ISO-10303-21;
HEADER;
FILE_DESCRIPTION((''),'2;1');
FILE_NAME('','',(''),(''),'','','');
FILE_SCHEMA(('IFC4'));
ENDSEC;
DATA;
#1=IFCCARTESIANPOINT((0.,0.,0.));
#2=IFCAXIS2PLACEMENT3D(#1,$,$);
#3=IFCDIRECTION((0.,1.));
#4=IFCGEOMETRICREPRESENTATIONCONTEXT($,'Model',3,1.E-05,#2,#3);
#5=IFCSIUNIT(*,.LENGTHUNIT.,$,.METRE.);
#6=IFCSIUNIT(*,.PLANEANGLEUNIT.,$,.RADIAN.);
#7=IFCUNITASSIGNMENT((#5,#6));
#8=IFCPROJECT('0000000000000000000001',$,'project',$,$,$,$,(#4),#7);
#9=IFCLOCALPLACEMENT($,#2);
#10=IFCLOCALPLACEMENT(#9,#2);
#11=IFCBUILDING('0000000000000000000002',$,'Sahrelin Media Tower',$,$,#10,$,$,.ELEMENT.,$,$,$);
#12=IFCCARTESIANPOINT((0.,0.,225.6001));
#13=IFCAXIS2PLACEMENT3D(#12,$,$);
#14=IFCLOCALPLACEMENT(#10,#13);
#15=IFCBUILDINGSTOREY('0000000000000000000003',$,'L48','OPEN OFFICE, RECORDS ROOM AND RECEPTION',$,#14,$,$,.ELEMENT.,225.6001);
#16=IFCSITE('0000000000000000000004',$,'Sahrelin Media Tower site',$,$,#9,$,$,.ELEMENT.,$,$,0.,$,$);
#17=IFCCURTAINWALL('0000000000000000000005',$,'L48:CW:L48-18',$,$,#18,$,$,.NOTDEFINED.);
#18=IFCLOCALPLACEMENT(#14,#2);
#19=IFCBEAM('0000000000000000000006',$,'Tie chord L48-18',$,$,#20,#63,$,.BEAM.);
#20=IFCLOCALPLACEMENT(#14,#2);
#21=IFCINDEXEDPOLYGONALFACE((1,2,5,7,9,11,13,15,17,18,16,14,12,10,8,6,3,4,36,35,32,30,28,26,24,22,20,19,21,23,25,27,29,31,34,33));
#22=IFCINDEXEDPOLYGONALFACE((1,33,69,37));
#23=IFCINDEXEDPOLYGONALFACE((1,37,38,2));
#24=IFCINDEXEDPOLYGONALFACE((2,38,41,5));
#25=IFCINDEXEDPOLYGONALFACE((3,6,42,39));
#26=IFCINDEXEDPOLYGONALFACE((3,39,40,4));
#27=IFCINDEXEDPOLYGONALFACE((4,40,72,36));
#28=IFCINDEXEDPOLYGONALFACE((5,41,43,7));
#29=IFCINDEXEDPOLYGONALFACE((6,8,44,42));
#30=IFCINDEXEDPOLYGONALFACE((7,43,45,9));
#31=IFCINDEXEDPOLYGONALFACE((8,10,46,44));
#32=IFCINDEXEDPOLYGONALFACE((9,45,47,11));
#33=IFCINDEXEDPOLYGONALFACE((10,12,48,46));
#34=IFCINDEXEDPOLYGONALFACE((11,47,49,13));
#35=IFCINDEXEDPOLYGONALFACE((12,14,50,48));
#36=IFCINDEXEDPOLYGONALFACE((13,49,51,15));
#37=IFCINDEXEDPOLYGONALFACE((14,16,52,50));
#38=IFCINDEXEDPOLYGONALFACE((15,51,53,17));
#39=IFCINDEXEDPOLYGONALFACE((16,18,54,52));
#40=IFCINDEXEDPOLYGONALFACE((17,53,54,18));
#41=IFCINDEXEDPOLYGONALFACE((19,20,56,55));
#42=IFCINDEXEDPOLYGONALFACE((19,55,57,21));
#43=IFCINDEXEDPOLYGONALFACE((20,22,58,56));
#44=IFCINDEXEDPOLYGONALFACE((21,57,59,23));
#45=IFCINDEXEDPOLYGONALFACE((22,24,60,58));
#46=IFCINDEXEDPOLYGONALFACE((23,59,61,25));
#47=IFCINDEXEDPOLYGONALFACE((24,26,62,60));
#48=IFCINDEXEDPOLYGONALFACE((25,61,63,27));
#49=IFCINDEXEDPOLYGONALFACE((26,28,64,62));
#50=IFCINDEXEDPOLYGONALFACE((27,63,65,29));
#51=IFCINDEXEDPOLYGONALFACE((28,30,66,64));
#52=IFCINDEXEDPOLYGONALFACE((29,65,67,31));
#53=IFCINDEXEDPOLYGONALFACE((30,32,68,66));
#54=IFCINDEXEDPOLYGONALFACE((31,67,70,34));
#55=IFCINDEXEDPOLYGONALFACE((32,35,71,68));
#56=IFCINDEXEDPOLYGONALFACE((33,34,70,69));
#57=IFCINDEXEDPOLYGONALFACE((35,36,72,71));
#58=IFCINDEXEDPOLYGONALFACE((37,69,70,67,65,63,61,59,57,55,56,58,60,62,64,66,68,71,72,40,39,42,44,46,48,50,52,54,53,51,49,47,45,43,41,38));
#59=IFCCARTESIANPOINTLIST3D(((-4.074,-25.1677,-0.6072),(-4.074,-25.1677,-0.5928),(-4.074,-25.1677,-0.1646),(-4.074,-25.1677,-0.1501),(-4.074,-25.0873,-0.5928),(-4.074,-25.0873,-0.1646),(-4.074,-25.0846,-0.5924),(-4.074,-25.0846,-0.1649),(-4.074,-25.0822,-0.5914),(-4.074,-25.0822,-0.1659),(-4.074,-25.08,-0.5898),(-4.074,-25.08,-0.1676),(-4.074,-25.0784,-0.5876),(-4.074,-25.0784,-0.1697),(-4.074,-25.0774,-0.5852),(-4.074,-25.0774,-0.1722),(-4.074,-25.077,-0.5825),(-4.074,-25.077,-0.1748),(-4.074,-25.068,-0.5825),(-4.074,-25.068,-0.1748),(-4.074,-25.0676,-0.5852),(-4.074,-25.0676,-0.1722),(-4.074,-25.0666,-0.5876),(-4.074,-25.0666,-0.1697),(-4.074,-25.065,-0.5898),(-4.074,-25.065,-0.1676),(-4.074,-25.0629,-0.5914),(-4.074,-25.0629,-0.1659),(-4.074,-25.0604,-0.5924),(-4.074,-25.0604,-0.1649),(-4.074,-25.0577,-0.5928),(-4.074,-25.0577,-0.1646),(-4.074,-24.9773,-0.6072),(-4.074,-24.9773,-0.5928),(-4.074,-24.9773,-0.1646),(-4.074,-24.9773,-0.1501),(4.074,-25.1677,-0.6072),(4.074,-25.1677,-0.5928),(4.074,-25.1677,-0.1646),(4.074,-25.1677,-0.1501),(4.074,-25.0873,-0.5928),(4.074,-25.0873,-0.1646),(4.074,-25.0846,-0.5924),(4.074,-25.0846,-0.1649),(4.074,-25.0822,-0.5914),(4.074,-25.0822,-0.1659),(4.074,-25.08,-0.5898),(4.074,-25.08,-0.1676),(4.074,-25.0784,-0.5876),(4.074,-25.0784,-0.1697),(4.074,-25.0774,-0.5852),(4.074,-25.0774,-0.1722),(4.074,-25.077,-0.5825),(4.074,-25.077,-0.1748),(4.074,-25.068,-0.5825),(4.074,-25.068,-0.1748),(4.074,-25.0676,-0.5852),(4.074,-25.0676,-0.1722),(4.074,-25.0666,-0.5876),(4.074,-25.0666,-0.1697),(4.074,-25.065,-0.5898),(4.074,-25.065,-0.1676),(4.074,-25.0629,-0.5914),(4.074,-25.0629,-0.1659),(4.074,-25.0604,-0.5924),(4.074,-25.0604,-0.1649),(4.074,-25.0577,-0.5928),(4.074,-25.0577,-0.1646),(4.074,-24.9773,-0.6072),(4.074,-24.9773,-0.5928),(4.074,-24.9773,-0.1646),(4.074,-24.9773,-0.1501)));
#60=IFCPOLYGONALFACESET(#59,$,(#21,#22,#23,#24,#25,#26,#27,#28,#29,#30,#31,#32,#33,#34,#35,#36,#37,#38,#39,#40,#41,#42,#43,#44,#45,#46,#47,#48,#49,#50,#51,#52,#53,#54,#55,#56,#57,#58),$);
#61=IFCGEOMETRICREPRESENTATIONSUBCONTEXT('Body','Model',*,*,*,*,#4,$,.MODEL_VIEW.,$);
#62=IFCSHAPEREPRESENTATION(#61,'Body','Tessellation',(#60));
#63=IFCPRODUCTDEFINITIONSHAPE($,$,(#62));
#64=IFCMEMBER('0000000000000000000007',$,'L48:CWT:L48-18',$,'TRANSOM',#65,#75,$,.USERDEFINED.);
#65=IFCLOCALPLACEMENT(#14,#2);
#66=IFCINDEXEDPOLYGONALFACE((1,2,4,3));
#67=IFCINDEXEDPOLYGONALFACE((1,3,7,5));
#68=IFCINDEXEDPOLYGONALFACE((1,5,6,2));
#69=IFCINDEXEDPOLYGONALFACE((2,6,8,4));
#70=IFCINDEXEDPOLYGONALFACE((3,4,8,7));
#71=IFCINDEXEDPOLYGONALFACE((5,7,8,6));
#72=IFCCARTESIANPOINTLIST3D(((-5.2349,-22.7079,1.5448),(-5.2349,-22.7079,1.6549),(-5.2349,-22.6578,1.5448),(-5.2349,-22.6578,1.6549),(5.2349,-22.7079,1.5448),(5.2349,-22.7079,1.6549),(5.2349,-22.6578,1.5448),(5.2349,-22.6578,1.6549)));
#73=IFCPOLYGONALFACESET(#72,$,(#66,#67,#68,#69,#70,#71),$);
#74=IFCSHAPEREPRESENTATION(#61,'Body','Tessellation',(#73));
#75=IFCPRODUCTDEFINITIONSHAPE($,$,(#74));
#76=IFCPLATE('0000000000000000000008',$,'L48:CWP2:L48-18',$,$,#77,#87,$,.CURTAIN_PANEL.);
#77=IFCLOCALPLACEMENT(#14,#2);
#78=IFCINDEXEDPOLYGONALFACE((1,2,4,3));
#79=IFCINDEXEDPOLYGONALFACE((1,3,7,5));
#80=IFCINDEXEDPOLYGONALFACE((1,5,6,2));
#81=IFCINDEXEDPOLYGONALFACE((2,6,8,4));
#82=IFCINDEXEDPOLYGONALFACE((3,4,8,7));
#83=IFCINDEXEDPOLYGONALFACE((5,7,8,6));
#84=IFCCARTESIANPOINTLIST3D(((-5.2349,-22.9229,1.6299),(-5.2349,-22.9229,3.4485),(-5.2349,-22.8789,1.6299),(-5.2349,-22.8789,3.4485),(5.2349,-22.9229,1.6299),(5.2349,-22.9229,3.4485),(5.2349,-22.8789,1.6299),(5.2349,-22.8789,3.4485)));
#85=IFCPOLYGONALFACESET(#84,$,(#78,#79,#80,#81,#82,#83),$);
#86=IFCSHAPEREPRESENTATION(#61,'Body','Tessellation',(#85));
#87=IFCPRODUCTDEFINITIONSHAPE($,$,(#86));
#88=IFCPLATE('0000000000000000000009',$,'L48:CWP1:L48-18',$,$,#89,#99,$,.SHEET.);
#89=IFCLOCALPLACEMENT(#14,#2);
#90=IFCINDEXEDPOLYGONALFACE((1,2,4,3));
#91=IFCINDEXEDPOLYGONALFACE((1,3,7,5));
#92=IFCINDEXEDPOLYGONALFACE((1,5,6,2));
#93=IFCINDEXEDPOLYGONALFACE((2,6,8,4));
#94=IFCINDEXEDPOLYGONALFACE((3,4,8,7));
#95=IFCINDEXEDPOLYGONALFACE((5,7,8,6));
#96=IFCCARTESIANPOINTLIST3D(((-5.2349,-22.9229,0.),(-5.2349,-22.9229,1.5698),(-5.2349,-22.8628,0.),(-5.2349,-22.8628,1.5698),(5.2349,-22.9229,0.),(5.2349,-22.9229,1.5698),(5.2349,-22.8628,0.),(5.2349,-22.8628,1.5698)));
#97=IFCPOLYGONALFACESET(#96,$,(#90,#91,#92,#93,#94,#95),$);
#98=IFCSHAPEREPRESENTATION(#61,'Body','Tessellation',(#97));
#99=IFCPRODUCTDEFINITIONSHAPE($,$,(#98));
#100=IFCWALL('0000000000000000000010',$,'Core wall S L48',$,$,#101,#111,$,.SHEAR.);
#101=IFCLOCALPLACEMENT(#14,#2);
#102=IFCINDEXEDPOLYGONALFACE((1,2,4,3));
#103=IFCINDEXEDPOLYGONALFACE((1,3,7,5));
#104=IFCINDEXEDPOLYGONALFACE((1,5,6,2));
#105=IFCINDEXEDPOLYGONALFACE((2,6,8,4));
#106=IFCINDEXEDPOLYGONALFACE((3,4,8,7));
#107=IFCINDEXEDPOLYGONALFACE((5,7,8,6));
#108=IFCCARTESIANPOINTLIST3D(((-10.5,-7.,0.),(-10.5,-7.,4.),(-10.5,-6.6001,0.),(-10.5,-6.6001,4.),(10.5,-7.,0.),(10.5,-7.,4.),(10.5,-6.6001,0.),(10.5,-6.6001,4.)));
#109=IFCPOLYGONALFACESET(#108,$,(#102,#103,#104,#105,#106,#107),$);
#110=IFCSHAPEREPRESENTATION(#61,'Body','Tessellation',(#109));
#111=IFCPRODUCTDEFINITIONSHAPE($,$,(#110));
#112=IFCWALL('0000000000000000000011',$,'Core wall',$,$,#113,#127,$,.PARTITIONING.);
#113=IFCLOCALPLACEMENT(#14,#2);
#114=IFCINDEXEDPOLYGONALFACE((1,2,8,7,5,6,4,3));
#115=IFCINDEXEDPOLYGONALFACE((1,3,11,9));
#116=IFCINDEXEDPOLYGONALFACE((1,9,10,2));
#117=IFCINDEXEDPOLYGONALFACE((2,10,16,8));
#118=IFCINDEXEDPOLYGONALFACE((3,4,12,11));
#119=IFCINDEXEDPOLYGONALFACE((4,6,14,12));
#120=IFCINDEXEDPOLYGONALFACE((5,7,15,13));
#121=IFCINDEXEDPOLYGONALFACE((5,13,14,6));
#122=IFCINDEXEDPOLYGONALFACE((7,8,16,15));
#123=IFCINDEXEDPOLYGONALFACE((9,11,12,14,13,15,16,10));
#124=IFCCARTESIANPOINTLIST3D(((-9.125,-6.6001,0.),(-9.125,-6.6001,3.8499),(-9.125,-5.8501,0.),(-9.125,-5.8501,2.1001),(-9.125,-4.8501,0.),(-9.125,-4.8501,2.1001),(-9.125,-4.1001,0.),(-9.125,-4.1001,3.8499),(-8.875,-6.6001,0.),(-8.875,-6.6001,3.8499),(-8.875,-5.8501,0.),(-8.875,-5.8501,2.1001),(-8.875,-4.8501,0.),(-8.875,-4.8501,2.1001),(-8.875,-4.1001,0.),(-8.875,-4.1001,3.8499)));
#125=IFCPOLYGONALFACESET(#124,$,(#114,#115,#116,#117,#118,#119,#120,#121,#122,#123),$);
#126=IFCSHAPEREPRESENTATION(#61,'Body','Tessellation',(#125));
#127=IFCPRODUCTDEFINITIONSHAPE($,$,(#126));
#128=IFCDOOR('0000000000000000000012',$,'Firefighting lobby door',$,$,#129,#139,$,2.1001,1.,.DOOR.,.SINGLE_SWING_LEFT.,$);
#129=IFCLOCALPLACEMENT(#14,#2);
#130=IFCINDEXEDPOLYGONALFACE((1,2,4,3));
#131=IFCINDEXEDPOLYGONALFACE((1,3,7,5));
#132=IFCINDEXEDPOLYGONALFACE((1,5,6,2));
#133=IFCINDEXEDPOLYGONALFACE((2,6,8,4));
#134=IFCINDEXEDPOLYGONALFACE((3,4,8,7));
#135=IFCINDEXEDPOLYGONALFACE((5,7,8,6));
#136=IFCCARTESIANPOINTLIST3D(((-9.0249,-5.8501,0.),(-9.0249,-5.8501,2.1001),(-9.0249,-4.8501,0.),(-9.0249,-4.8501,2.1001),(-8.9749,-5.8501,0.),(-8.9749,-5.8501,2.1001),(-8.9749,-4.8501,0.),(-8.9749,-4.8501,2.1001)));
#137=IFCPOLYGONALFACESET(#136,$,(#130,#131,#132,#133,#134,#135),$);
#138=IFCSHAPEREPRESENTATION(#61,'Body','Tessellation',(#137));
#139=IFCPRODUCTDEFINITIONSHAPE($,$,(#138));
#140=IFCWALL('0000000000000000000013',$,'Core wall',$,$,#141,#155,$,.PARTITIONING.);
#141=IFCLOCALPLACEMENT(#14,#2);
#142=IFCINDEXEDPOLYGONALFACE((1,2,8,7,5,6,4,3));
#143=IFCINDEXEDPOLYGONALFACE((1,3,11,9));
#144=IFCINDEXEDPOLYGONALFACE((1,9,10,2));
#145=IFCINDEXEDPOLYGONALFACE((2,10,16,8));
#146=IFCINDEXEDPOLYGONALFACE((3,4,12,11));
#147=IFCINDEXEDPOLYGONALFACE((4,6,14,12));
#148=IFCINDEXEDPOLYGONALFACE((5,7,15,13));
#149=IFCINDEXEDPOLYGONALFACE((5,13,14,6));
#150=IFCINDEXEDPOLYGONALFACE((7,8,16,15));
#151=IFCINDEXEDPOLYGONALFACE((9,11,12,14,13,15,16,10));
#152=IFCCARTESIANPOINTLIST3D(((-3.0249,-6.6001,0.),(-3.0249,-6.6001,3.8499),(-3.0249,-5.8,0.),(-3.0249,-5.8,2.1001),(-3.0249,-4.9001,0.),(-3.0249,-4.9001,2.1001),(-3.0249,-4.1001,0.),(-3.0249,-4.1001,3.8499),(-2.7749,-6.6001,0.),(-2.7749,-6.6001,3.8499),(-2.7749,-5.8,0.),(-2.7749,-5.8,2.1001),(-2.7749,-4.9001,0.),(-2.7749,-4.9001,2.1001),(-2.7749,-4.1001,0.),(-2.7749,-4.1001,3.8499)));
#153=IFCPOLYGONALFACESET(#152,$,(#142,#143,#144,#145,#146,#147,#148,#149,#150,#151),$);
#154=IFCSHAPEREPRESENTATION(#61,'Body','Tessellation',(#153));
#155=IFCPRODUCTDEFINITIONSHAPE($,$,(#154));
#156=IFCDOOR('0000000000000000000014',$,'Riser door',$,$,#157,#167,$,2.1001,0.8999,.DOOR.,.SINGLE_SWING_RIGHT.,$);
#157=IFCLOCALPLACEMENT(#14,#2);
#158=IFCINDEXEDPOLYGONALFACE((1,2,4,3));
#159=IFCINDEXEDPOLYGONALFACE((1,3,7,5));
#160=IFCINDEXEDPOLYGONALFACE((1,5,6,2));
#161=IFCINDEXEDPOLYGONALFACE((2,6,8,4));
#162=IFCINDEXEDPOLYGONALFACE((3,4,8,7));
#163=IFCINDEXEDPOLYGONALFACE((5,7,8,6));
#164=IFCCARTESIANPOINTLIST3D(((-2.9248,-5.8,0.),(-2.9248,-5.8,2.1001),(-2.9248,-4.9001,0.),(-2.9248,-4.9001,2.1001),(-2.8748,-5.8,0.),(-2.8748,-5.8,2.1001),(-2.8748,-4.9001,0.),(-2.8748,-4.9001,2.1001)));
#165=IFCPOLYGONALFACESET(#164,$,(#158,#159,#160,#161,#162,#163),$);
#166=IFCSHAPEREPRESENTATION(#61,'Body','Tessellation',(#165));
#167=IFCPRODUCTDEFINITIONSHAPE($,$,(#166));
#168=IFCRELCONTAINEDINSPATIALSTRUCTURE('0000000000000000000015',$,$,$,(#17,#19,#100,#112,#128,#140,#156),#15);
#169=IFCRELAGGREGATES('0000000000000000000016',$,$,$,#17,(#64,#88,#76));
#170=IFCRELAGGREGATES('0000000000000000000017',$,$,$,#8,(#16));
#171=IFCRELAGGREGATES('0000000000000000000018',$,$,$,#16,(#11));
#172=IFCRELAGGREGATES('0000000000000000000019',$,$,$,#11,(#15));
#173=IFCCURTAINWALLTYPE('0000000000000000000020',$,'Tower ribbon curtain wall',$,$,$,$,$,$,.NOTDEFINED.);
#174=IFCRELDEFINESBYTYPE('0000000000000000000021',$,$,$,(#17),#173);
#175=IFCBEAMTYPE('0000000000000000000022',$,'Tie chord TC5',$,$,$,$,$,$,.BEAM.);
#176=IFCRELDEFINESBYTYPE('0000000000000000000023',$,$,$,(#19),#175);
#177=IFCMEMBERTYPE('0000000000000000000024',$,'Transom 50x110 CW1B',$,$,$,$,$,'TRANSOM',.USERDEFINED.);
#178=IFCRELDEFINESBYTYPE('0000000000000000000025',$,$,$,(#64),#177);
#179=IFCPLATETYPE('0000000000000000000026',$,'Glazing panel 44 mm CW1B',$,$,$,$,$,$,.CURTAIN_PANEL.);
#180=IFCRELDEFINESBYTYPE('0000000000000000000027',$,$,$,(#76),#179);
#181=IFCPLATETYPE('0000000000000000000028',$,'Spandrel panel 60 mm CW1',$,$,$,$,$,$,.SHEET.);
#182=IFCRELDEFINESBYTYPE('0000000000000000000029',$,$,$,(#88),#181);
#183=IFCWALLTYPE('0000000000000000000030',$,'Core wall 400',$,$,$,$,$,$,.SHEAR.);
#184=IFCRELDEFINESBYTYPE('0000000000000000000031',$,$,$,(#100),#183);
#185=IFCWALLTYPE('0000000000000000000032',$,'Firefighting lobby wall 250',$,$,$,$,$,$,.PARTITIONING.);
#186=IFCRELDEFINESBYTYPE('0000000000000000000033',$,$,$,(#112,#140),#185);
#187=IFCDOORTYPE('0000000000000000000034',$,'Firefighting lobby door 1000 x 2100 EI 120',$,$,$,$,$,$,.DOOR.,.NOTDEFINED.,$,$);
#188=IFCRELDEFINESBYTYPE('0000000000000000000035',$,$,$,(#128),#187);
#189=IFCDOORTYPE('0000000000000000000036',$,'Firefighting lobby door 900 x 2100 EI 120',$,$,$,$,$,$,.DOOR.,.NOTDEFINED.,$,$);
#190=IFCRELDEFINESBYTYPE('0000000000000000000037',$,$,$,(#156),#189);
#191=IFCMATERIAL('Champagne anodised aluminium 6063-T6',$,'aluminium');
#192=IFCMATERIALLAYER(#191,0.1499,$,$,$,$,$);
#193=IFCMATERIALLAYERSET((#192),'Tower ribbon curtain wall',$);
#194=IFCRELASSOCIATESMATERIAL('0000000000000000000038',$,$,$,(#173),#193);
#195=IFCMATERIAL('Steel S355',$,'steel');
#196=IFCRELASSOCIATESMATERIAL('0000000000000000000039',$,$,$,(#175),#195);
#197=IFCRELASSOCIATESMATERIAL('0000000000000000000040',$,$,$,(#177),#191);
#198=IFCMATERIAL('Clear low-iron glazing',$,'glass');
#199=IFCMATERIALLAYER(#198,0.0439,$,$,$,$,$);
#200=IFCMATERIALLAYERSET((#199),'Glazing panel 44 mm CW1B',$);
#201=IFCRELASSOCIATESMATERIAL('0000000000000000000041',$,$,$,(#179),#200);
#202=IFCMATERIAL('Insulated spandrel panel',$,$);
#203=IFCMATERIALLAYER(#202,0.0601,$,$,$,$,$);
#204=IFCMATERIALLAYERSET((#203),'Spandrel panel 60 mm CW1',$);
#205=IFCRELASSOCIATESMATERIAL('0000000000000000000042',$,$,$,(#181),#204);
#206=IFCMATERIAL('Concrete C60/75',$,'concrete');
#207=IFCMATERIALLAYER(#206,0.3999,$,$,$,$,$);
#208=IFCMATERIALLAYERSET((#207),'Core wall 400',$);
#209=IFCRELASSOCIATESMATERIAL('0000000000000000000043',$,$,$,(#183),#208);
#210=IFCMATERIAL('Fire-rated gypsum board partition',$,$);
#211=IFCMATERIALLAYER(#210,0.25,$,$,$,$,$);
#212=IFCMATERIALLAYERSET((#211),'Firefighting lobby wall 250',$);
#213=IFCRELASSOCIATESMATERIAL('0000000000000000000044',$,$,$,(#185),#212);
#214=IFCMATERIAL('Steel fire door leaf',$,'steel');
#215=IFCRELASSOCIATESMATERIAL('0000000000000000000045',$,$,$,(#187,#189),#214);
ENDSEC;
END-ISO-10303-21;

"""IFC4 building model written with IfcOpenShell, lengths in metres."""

from ifc_helpers import new_model, si_unit, direction, frame, frame_2d, origin, origin_2d, place, context, subcontext, project, spatial, polyline, rectangle, i_section, outline, extrude, material, layer, layer_set, material_profile, profile_set, type_object, element, fill, aggregate, save


model = new_model("IFC4")

# Units and contexts
model_context = context("Model", 3, precision=1e-05, world=origin(), true_north=direction((0.0, 1.0)))
body_context = subcontext(model_context, "Body", "Model", "MODEL_VIEW")
ifc_project = project(units=[si_unit("LENGTHUNIT", "METRE"), si_unit("PLANEANGLEUNIT", "RADIAN")], contexts=[model_context])

# Site, building, storey
site_placement = place(None, origin())
site = spatial("IfcSite", under=ifc_project, at=site_placement, Name="Sahrelin Media Tower site", CompositionType="ELEMENT", RefElevation=0.0)
building_placement = place(site_placement, origin())
building = spatial("IfcBuilding", under=site, at=building_placement, Name="Sahrelin Media Tower", CompositionType="ELEMENT")
storey_placement = place(building_placement, frame((0.0, 0.0, 225.6001)))
storey = spatial("IfcBuildingStorey", under=building, at=storey_placement, Name="L48", Description="OPEN OFFICE, RECORDS ROOM AND RECEPTION", CompositionType="ELEMENT", Elevation=225.6001)

# Shared definitions
ifc_material_1 = material(Name="Steel S355", Category="steel")

# Curtain wall
ifc_material_2 = material(Name="Champagne anodised aluminium 6063-T6", Category="aluminium")
ifc_layer_1 = layer(ifc_material_2, 0.1499)
ifc_layer_set_1 = layer_set([ifc_layer_1], Name="Tower ribbon curtain wall")
curtain_wall_type = type_object("IfcCurtainWallType", Name="Tower ribbon curtain wall", PredefinedType="NOTDEFINED", material=ifc_layer_set_1)
curtain_wall_1_placement = place(storey_placement, frame((0.0, -22.9028, 0.0), z_axis=(0.0, 0.0, 1.0), x_axis=(1.0, 0.0, 0.0)))
curtain_wall_1 = element("IfcCurtainWall", 1, at=curtain_wall_1_placement, inside=storey, type_object=curtain_wall_type, Name="L48:CW:L48-18", PredefinedType="NOTDEFINED")

# Beam
ifc_material_profile_1 = material_profile(ifc_material_1, i_section(OverallWidth=0.1904, OverallDepth=0.457, WebThickness=0.009, FlangeThickness=0.0144, FilletRadius=0.0103, at=origin_2d()), Name="UB 457x191x74")
ifc_profile_set_1 = profile_set([ifc_material_profile_1], Name="Steel S355")
beam_type_1 = type_object("IfcBeamType", Name="Tie chord TC5", PredefinedType="BEAM", material=ifc_profile_set_1)
beam_1_placement = place(storey_placement, frame((-4.074, -25.0725, -0.3787), z_axis=(1.0, 0.0, 0.0), x_axis=(0.0, 1.0, 0.0)))
element("IfcBeam", 2, at=beam_1_placement, inside=storey, type_object=beam_type_1, Name="Tie chord L48-18", PredefinedType="BEAM", context=body_context, shape_type="SweptSolid", body=[
    extrude(i_section(OverallWidth=0.1904, OverallDepth=0.457, WebThickness=0.009, FlangeThickness=0.0144, FilletRadius=0.0103, at=origin_2d()), origin(), (0.0, 0.0, 1.0), 8.1479),
])

# Member
ifc_material_profile_2 = material_profile(ifc_material_2, rectangle(XDim=0.05, YDim=0.1101, at=origin_2d()), Name="Transom 50x110")
ifc_profile_set_2 = profile_set([ifc_material_profile_2], Name="Champagne anodised aluminium 6063-T6")
member_type_1 = type_object("IfcMemberType", Name="Transom 50x110 CW1B", ElementType="TRANSOM", PredefinedType="USERDEFINED", material=ifc_profile_set_2)
member_1_placement = place(storey_placement, frame((-5.2349, -22.6829, 1.5999), z_axis=(1.0, 0.0, 0.0), x_axis=(0.0, 1.0, 0.0)))
member_1 = element("IfcMember", 3, at=member_1_placement, type_object=member_type_1, Name="L48:CWT:L48-18", ObjectType="TRANSOM", PredefinedType="USERDEFINED", context=body_context, shape_type="SweptSolid", body=[
    extrude(rectangle(XDim=0.05, YDim=0.1101, at=origin_2d()), origin(), (0.0, 0.0, 1.0), 10.4697),
])

# Plates
ifc_material_3 = material(Name="Clear low-iron glazing", Category="glass")
ifc_layer_2 = layer(ifc_material_3, 0.0439)
ifc_layer_set_2 = layer_set([ifc_layer_2], Name="Glazing panel 44 mm CW1B")
plate_type_1 = type_object("IfcPlateType", Name="Glazing panel 44 mm CW1B", PredefinedType="CURTAIN_PANEL", material=ifc_layer_set_2)
plate_1_placement = place(storey_placement, frame((-5.2349, -22.9229, 1.6299), z_axis=(0.0, -1.0, 0.0), x_axis=(1.0, 0.0, 0.0)))
plate_1 = element("IfcPlate", 4, at=plate_1_placement, type_object=plate_type_1, Name="L48:CWP2:L48-18", PredefinedType="CURTAIN_PANEL", context=body_context, shape_type="SweptSolid", body=[
    extrude(outline(polyline([(0.0, 0.0), (10.4697, 0.0), (10.4697, 1.8186), (0.0, 1.8186), (0.0, 0.0)])), origin(), (0.0, 0.0, -1.0), 0.0439),
])
ifc_material_4 = material(Name="Insulated spandrel panel")
ifc_layer_3 = layer(ifc_material_4, 0.0601)
ifc_layer_set_3 = layer_set([ifc_layer_3], Name="Spandrel panel 60 mm CW1")
plate_type_2 = type_object("IfcPlateType", Name="Spandrel panel 60 mm CW1", PredefinedType="SHEET", material=ifc_layer_set_3)
plate_2_placement = place(storey_placement, frame((-5.2349, -22.9229, 0.0), z_axis=(0.0, -1.0, 0.0), x_axis=(1.0, 0.0, 0.0)))
plate_2 = element("IfcPlate", 5, at=plate_2_placement, type_object=plate_type_2, Name="L48:CWP1:L48-18", PredefinedType="SHEET", context=body_context, shape_type="SweptSolid", body=[
    extrude(outline(polyline([(0.0, 0.0), (10.4697, 0.0), (10.4697, 1.5698), (0.0, 1.5698), (0.0, 0.0)])), origin(), (0.0, 0.0, -1.0), 0.0601),
])
aggregate(curtain_wall_1, [member_1, plate_2, plate_1])

# Wall
ifc_material_5 = material(Name="Concrete C60/75", Category="concrete")
ifc_layer_4 = layer(ifc_material_5, 0.3999)
ifc_layer_set_4 = layer_set([ifc_layer_4], Name="Core wall 400")
wall_type_1 = type_object("IfcWallType", Name="Core wall 400", PredefinedType="SHEAR", material=ifc_layer_set_4)
wall_1_placement = place(storey_placement, frame((-10.5, -6.8, 0.0), z_axis=(0.0, 0.0, 1.0), x_axis=(1.0, 0.0, 0.0)))
element("IfcWall", 6, at=wall_1_placement, inside=storey, type_object=wall_type_1, Name="Core wall S L48", PredefinedType="SHEAR", context=body_context, shape_type="SweptSolid", body=[
    extrude(rectangle(XDim=21.0, YDim=0.3999, at=frame_2d((10.5, 0.0))), origin(), (0.0, 0.0, 1.0), 4.0),
])

# Walls, openings, doors
ifc_material_6 = material(Name="Fire-rated gypsum board partition")
ifc_layer_5 = layer(ifc_material_6, 0.25)
ifc_layer_set_5 = layer_set([ifc_layer_5], Name="Firefighting lobby wall 250")
wall_type_2 = type_object("IfcWallType", Name="Firefighting lobby wall 250", PredefinedType="PARTITIONING", material=ifc_layer_set_5)
wall_2_placement = place(storey_placement, frame((-9.0, -6.6001, 0.0), z_axis=(0.0, 0.0, 1.0), x_axis=(0.0, 1.0, 0.0)))
wall_2 = element("IfcWall", 7, at=wall_2_placement, inside=storey, type_object=wall_type_2, Name="Core wall", PredefinedType="PARTITIONING", context=body_context, shape_type="SweptSolid", body=[
    extrude(rectangle(XDim=2.5, YDim=0.25, at=frame_2d((1.25, 0.0))), origin(), (0.0, 0.0, 1.0), 3.8499),
])
opening_1_placement = place(wall_2_placement, frame((0.75, 0.0, 0.0)))
opening_1 = element("IfcOpeningElement", 8, at=opening_1_placement, cuts=wall_2, PredefinedType="OPENING", context=body_context, shape_type="SweptSolid", body=[
    extrude(rectangle(XDim=1.0, YDim=2.1001, at=frame_2d((0.5, 1.05))), frame((0.0, 0.125, 0.0), z_axis=(0.0, -1.0, 0.0), x_axis=(1.0, 0.0, 0.0)), (0.0, 0.0, 1.0), 0.25),
])
ifc_material_7 = material(Name="Steel fire door leaf", Category="steel")
door_type_1 = type_object("IfcDoorType", Name="Firefighting lobby door 1000 x 2100 EI 120", OperationType="NOTDEFINED", PredefinedType="DOOR", material=ifc_material_7)
door_1_placement = place(opening_1_placement, origin())
door_1 = element("IfcDoor", 9, at=door_1_placement, inside=storey, type_object=door_type_1, Name="Firefighting lobby door", OperationType="SINGLE_SWING_LEFT", OverallHeight=2.1001, OverallWidth=1.0, PredefinedType="DOOR", context=body_context, shape_type="SweptSolid", body=[
    extrude(rectangle(XDim=1.0, YDim=2.1001, at=frame_2d((0.5, 1.05))), frame((0.0, 0.0249, 0.0), z_axis=(0.0, -1.0, 0.0), x_axis=(1.0, 0.0, 0.0)), (0.0, 0.0, 1.0), 0.05),
])
fill(opening_1, door_1)
wall_3_placement = place(storey_placement, frame((-2.8999, -6.6001, 0.0), z_axis=(0.0, 0.0, 1.0), x_axis=(0.0, 1.0, 0.0)))
wall_3 = element("IfcWall", 10, at=wall_3_placement, inside=storey, type_object=wall_type_2, Name="Core wall", PredefinedType="PARTITIONING", context=body_context, shape_type="SweptSolid", body=[
    extrude(rectangle(XDim=2.5, YDim=0.25, at=frame_2d((1.25, 0.0))), origin(), (0.0, 0.0, 1.0), 3.8499),
])
opening_2_placement = place(wall_3_placement, frame((0.8, 0.0, 0.0)))
opening_2 = element("IfcOpeningElement", 11, at=opening_2_placement, cuts=wall_3, PredefinedType="OPENING", context=body_context, shape_type="SweptSolid", body=[
    extrude(rectangle(XDim=0.8999, YDim=2.1001, at=frame_2d((0.45, 1.05))), frame((0.0, 0.125, 0.0), z_axis=(0.0, -1.0, 0.0), x_axis=(1.0, 0.0, 0.0)), (0.0, 0.0, 1.0), 0.25),
])
door_type_2 = type_object("IfcDoorType", Name="Firefighting lobby door 900 x 2100 EI 120", OperationType="NOTDEFINED", PredefinedType="DOOR", material=ifc_material_7)
door_2_placement = place(opening_2_placement, origin())
door_2 = element("IfcDoor", 12, at=door_2_placement, inside=storey, type_object=door_type_2, Name="Riser door", OperationType="SINGLE_SWING_RIGHT", OverallHeight=2.1001, OverallWidth=0.8999, PredefinedType="DOOR", context=body_context, shape_type="SweptSolid", body=[
    extrude(rectangle(XDim=0.8999, YDim=2.1001, at=frame_2d((0.45, 1.05))), frame((0.0, 0.0249, 0.0), z_axis=(0.0, -1.0, 0.0), x_axis=(1.0, 0.0, 0.0)), (0.0, 0.0, 1.0), 0.05),
])
fill(opening_2, door_2)

save(model, "model.ifc")
